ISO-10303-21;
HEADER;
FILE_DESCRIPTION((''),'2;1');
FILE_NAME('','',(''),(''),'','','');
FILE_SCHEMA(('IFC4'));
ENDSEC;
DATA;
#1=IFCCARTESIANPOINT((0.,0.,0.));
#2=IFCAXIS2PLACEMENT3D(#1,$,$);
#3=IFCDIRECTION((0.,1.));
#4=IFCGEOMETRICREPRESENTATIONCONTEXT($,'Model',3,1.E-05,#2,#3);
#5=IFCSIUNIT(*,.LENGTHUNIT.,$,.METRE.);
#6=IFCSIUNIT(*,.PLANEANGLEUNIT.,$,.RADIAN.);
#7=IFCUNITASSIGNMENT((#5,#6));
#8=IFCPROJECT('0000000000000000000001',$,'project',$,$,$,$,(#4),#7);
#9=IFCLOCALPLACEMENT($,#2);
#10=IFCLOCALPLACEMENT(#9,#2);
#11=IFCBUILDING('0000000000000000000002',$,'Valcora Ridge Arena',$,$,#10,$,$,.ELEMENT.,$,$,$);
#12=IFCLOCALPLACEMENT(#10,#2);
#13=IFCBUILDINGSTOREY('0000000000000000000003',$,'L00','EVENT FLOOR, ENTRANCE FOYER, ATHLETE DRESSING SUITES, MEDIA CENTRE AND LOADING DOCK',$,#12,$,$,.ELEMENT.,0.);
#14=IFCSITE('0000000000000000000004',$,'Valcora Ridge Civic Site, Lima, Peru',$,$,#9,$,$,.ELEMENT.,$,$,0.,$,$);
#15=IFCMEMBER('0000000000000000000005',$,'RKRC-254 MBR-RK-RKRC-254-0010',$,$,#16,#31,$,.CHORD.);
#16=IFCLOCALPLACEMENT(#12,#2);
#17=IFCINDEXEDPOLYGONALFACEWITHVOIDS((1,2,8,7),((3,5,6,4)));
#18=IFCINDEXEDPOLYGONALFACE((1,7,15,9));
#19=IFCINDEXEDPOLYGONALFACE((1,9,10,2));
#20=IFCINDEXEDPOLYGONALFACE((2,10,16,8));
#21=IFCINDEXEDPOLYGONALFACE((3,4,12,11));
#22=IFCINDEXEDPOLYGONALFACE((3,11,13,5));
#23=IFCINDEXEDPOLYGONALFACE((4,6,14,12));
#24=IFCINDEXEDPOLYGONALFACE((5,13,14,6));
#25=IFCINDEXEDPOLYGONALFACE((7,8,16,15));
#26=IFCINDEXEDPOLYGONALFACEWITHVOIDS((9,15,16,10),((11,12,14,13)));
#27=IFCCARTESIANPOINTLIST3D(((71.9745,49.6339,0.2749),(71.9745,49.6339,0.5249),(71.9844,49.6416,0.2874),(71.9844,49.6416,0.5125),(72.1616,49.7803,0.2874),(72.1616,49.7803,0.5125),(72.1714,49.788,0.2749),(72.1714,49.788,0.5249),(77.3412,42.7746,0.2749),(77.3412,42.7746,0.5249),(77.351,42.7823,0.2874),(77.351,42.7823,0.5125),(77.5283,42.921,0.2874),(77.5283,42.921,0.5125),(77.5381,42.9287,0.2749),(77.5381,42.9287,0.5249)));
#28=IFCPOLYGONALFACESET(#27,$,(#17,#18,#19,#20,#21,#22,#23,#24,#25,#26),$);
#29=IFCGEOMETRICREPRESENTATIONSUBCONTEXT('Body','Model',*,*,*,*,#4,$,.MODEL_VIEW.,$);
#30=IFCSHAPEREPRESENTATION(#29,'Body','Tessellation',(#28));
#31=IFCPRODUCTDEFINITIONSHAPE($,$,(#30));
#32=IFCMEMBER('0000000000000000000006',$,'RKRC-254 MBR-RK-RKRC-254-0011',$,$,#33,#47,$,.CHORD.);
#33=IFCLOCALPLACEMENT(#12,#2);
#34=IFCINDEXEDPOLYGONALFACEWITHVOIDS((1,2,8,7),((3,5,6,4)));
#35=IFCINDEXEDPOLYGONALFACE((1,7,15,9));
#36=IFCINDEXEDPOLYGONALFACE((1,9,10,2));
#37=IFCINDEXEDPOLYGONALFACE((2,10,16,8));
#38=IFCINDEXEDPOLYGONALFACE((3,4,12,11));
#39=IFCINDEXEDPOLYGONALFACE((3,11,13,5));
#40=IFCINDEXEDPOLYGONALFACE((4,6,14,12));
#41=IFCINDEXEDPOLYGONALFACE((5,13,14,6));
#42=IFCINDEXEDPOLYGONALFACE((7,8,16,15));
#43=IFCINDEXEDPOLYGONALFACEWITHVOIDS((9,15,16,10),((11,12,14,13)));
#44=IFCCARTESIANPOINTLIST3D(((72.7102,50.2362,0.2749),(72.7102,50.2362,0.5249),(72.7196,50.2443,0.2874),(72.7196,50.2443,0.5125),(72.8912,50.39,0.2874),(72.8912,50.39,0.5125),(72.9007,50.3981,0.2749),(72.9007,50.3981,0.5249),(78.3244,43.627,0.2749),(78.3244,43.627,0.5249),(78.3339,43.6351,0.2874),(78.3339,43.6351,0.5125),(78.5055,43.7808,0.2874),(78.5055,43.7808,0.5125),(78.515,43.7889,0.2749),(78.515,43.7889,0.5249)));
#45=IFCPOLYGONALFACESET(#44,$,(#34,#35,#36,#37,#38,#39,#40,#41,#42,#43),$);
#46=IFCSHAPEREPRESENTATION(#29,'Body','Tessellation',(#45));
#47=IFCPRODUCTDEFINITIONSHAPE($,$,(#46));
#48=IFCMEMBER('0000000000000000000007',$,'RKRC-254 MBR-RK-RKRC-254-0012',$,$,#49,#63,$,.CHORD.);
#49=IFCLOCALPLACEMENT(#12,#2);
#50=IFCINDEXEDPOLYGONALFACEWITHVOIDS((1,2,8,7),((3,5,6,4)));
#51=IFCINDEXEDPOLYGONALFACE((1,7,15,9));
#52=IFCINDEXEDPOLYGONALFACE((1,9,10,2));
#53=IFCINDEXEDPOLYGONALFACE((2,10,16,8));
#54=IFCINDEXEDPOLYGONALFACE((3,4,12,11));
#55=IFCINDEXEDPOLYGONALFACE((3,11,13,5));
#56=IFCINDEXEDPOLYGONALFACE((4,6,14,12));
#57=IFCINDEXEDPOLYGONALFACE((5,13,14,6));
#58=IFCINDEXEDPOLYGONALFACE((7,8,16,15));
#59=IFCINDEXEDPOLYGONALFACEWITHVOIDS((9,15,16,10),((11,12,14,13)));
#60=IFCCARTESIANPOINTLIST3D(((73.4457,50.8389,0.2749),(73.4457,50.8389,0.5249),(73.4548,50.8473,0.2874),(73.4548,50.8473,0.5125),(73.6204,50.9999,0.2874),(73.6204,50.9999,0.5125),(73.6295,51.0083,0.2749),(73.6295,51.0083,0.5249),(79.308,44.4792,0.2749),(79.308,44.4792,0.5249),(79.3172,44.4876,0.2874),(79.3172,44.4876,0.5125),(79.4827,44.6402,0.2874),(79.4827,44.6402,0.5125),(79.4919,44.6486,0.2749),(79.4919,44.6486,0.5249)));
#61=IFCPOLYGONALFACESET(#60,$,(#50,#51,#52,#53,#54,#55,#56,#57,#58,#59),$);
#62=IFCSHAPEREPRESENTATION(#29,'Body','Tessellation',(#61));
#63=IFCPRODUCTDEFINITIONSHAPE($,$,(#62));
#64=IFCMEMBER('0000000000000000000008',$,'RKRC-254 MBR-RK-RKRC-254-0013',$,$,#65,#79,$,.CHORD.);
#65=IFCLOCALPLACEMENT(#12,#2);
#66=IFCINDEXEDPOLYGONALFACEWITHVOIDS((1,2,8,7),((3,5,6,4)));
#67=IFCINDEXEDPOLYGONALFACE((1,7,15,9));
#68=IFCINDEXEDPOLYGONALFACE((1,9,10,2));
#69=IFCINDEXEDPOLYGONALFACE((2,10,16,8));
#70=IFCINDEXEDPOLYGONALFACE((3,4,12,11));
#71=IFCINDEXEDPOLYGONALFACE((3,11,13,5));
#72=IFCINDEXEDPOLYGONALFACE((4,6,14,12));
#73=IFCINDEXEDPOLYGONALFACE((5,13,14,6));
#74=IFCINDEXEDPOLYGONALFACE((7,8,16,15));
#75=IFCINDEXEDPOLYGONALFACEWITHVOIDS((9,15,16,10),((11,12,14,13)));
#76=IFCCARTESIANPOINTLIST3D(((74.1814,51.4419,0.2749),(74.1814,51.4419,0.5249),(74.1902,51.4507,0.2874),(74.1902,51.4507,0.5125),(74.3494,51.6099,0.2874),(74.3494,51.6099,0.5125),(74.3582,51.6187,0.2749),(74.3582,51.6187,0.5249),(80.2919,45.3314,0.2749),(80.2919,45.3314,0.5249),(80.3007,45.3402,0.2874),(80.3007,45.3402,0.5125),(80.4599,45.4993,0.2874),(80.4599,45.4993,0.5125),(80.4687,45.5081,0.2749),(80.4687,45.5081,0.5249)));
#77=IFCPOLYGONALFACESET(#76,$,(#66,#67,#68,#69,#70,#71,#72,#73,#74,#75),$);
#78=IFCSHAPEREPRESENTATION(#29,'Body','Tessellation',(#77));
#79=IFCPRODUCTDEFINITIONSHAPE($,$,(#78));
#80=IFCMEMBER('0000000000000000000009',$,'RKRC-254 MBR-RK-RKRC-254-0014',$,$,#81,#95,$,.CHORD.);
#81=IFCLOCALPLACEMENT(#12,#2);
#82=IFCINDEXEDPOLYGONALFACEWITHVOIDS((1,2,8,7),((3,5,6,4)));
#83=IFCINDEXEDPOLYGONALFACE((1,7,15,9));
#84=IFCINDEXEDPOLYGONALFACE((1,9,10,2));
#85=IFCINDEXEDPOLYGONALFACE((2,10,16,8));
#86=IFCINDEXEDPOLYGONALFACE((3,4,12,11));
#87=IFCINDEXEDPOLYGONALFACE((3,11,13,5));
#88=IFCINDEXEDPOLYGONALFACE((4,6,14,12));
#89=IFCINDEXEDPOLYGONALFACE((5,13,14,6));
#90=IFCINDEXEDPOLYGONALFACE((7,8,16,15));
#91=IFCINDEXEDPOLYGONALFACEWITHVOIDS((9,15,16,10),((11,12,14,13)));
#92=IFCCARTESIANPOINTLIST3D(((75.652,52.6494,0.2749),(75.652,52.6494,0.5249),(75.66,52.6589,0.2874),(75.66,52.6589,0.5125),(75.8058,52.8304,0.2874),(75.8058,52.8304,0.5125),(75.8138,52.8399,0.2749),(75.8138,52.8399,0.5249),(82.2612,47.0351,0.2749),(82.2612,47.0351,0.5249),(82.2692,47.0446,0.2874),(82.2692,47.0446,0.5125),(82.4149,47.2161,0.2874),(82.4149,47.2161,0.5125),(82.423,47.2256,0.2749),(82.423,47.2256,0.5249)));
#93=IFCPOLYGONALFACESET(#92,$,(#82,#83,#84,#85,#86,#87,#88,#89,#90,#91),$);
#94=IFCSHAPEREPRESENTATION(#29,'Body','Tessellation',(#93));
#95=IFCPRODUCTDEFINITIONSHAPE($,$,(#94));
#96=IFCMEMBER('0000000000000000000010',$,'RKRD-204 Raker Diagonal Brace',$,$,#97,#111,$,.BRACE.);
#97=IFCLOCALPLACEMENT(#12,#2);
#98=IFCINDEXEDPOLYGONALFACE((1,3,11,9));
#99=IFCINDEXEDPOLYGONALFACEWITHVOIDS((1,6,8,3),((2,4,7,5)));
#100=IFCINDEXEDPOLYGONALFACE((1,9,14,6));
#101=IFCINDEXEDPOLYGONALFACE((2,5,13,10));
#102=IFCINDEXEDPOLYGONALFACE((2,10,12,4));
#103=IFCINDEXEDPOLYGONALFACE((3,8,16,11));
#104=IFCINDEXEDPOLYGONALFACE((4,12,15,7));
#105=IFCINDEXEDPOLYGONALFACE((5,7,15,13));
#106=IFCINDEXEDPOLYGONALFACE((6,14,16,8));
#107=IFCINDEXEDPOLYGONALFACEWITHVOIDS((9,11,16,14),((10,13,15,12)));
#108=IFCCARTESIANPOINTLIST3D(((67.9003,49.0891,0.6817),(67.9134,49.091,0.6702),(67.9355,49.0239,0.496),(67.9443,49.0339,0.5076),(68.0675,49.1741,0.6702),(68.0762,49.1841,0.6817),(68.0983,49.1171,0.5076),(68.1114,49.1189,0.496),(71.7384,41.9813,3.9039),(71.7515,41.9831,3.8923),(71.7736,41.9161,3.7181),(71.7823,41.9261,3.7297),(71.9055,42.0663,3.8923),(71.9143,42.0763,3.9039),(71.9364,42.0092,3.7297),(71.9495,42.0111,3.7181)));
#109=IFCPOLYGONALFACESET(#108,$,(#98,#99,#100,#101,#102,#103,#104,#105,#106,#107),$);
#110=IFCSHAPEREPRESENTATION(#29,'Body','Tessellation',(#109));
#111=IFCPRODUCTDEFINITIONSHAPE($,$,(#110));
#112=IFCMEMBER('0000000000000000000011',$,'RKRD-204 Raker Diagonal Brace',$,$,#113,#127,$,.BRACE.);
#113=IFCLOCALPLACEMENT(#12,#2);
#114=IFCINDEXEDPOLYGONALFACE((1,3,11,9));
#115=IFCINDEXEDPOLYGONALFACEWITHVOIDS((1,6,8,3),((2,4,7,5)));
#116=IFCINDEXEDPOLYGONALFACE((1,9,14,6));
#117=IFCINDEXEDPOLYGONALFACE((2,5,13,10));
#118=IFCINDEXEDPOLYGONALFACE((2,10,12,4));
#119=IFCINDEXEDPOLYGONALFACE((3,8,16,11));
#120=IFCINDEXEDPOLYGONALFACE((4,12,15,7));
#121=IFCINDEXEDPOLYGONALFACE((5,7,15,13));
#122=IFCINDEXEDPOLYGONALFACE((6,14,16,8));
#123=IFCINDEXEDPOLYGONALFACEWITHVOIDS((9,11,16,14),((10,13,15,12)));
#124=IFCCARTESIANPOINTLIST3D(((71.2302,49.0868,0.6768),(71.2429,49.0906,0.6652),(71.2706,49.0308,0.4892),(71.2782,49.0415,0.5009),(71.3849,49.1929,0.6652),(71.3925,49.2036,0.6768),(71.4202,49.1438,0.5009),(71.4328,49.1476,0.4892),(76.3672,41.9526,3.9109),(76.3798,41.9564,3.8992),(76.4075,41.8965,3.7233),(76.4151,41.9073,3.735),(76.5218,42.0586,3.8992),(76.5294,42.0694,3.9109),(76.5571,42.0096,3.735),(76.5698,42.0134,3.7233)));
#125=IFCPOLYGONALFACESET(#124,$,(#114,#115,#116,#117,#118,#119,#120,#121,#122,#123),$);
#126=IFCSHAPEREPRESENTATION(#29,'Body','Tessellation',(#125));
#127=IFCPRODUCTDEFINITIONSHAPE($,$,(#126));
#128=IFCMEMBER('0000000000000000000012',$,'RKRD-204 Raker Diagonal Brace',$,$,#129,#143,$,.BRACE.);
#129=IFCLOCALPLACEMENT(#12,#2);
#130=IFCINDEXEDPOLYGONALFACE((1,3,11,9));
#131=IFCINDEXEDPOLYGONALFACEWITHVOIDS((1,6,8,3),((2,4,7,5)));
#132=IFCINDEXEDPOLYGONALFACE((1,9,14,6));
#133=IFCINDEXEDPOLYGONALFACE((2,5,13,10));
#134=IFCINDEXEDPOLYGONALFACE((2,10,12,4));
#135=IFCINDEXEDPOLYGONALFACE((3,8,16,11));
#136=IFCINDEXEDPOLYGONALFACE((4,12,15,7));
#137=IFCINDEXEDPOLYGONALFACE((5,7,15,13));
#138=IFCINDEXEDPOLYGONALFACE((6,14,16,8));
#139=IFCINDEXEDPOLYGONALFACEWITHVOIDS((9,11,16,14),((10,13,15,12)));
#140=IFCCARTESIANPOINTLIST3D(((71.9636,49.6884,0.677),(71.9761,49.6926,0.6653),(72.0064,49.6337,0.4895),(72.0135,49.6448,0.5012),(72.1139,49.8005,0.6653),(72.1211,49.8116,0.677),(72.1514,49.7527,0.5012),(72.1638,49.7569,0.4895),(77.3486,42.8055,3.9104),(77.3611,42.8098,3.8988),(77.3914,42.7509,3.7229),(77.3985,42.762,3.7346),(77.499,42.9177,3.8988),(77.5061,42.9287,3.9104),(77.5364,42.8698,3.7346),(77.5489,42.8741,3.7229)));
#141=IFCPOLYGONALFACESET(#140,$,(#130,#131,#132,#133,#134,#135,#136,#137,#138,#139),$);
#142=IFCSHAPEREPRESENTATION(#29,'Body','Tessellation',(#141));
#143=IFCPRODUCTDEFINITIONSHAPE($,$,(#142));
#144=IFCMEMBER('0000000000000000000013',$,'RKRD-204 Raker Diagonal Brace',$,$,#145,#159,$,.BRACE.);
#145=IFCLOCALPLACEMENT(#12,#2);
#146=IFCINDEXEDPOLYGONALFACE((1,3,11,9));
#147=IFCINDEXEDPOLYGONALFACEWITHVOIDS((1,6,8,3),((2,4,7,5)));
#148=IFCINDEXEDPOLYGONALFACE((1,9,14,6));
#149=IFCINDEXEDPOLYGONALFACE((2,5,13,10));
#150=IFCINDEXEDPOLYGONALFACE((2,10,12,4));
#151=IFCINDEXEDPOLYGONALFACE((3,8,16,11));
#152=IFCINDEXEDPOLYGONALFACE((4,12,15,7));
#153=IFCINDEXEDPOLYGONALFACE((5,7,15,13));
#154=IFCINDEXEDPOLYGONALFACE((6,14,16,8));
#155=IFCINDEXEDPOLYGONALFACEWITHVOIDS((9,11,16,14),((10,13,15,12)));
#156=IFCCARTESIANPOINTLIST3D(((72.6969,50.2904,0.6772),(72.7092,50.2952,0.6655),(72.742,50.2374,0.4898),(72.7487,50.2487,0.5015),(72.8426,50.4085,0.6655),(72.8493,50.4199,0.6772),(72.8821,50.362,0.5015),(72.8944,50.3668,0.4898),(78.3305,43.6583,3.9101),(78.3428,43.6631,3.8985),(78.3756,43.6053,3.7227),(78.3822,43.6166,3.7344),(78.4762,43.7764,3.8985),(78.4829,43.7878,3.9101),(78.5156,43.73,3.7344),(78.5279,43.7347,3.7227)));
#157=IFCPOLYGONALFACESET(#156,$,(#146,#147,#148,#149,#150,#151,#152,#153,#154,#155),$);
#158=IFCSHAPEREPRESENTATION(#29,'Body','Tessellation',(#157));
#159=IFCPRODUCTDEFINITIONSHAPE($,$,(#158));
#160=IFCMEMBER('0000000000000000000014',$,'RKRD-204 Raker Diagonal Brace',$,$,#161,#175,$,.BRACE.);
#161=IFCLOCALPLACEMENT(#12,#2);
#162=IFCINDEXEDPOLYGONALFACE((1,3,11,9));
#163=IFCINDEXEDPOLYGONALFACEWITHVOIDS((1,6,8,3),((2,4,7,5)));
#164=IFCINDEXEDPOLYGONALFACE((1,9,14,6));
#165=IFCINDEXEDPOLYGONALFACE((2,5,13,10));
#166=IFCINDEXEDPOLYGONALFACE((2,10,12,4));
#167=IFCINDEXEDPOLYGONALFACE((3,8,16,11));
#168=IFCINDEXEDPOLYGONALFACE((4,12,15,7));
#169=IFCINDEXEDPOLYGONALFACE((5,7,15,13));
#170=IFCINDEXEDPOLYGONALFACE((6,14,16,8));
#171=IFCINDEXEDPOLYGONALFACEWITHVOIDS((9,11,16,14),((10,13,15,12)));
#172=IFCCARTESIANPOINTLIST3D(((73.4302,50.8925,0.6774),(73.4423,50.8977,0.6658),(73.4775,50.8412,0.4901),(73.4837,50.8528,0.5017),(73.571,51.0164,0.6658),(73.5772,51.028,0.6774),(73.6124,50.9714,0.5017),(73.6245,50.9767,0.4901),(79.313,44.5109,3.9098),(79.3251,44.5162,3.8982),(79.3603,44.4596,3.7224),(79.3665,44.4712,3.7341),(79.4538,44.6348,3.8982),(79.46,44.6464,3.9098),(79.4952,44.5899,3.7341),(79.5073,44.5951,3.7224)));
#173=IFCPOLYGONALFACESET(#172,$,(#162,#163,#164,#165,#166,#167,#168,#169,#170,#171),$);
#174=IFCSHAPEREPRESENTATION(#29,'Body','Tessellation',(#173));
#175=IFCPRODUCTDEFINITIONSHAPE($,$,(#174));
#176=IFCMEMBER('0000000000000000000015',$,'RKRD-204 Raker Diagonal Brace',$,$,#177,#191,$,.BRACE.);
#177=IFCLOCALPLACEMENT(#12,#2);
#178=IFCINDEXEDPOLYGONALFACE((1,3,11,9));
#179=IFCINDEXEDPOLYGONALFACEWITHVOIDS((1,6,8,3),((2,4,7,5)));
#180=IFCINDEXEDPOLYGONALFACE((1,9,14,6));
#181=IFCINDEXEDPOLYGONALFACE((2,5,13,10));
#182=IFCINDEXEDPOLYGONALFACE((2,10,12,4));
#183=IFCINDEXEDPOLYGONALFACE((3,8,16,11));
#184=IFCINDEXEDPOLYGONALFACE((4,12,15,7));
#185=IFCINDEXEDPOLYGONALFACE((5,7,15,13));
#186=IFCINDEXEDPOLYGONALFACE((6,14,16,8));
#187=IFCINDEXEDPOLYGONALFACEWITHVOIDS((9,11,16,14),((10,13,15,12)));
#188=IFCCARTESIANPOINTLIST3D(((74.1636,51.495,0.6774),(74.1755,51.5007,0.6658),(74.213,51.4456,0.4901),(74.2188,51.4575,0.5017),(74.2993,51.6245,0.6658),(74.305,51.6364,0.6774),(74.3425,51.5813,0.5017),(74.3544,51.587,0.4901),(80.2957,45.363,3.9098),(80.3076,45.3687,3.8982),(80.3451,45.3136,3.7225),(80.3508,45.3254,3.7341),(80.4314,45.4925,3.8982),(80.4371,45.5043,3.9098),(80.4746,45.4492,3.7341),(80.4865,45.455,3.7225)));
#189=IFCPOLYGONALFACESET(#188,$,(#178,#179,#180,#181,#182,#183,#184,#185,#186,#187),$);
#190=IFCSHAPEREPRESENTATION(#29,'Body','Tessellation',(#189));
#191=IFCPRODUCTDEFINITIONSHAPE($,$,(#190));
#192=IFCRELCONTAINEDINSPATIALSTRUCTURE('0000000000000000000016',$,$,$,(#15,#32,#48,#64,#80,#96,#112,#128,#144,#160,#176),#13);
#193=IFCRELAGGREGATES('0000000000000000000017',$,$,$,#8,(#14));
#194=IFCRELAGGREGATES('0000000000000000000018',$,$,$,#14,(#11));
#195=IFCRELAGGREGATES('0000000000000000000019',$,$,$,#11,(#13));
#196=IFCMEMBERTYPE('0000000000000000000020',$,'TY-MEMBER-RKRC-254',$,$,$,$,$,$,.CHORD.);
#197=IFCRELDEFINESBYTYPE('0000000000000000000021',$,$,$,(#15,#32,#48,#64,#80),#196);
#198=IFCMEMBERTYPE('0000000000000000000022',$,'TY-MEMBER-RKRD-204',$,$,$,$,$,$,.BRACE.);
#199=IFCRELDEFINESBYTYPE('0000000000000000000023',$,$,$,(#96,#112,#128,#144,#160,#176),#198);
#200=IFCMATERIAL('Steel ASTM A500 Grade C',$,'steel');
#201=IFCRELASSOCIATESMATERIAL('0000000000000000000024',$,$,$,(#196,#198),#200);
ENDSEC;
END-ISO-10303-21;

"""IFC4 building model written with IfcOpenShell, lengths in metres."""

from ifc_helpers import new_model, si_unit, direction, frame, origin, origin_2d, place, context, subcontext, project, spatial, hollow_rectangle, extrude, material, material_profile, profile_set, type_object, element, save


model = new_model("IFC4")

# Units and contexts
model_context = context("Model", 3, precision=1e-05, world=origin(), true_north=direction((0.0, 1.0)))
body_context = subcontext(model_context, "Body", "Model", "MODEL_VIEW")
ifc_project = project(units=[si_unit("LENGTHUNIT", "METRE"), si_unit("PLANEANGLEUNIT", "RADIAN")], contexts=[model_context])

# Site, building, storey
site_placement = place(None, origin())
site = spatial("IfcSite", under=ifc_project, at=site_placement, Name="Valcora Ridge Civic Site, Lima, Peru", CompositionType="ELEMENT", RefElevation=0.0)
building_placement = place(site_placement, origin())
building = spatial("IfcBuilding", under=site, at=building_placement, Name="Valcora Ridge Arena", CompositionType="ELEMENT")
storey_placement = place(building_placement, origin())
storey = spatial("IfcBuildingStorey", under=building, at=storey_placement, Name="L00", Description="EVENT FLOOR, ENTRANCE FOYER, ATHLETE DRESSING SUITES, MEDIA CENTRE AND LOADING DOCK", CompositionType="ELEMENT", Elevation=0.0)

# Members
ifc_material_1 = material(Name="Steel ASTM A500 Grade C", Category="steel")
ifc_material_profile_1 = material_profile(ifc_material_1, hollow_rectangle(XDim=0.25, YDim=0.25, WallThickness=0.0125, at=origin_2d()), Name="HSS250X250X12")
ifc_profile_set_1 = profile_set([ifc_material_profile_1], Name="Steel ASTM A500 Grade C")
member_type_1 = type_object("IfcMemberType", Name="TY-MEMBER-RKRC-254", PredefinedType="CHORD", material=ifc_profile_set_1)
member_1_placement = place(storey_placement, frame((72.073, 49.7109, 0.3999), z_axis=(0.616201, -0.787589, 0.0), x_axis=(0.787589, 0.616201, 0.0)))
element("IfcMember", 1, at=member_1_placement, inside=storey, type_object=member_type_1, Name="RKRC-254 MBR-RK-RKRC-254-0010", PredefinedType="CHORD", context=body_context, shape_type="SweptSolid", body=[
    extrude(hollow_rectangle(XDim=0.25, YDim=0.25, WallThickness=0.0125, at=origin_2d()), origin(), (0.0, 0.0, 1.0), 8.7092),
])
member_2_placement = place(storey_placement, frame((72.8054, 50.3171, 0.3999), z_axis=(0.647414, -0.762139, 0.0), x_axis=(0.762139, 0.647414, 0.0)))
element("IfcMember", 2, at=member_2_placement, inside=storey, type_object=member_type_1, Name="RKRC-254 MBR-RK-RKRC-254-0011", PredefinedType="CHORD", context=body_context, shape_type="SweptSolid", body=[
    extrude(hollow_rectangle(XDim=0.25, YDim=0.25, WallThickness=0.0125, at=origin_2d()), origin(), (0.0, 0.0, 1.0), 8.6719),
])
member_3_placement = place(storey_placement, frame((73.5376, 50.9236, 0.3999), z_axis=(0.677773, -0.735271, 0.0), x_axis=(0.735271, 0.677773, 0.0)))
element("IfcMember", 3, at=member_3_placement, inside=storey, type_object=member_type_1, Name="RKRC-254 MBR-RK-RKRC-254-0012", PredefinedType="CHORD", context=body_context, shape_type="SweptSolid", body=[
    extrude(hollow_rectangle(XDim=0.25, YDim=0.25, WallThickness=0.0125, at=origin_2d()), origin(), (0.0, 0.0, 1.0), 8.6494),
])
member_4_placement = place(storey_placement, frame((74.2698, 51.5303, 0.3999), z_axis=(0.707107, -0.707107, 0.0), x_axis=(0.707107, 0.707107, 0.0)))
element("IfcMember", 4, at=member_4_placement, inside=storey, type_object=member_type_1, Name="RKRC-254 MBR-RK-RKRC-254-0013", PredefinedType="CHORD", context=body_context, shape_type="SweptSolid", body=[
    extrude(hollow_rectangle(XDim=0.25, YDim=0.25, WallThickness=0.0125, at=origin_2d()), origin(), (0.0, 0.0, 1.0), 8.6416),
])
member_5_placement = place(storey_placement, frame((75.7329, 52.7446, 0.3999), z_axis=(0.762139, -0.647414, 0.0), x_axis=(0.647414, 0.762139, 0.0)))
element("IfcMember", 5, at=member_5_placement, inside=storey, type_object=member_type_1, Name="RKRC-254 MBR-RK-RKRC-254-0014", PredefinedType="CHORD", context=body_context, shape_type="SweptSolid", body=[
    extrude(hollow_rectangle(XDim=0.25, YDim=0.25, WallThickness=0.0125, at=origin_2d()), origin(), (0.0, 0.0, 1.0), 8.6719),
])
ifc_material_profile_2 = material_profile(ifc_material_1, hollow_rectangle(XDim=0.2, YDim=0.2, WallThickness=0.0125, at=origin_2d()), Name="HSS200X200X12")
ifc_profile_set_2 = profile_set([ifc_material_profile_2], Name="Steel ASTM A500 Grade C")
member_type_2 = type_object("IfcMemberType", Name="TY-MEMBER-RKRD-204", PredefinedType="BRACE", material=ifc_profile_set_2)
member_6_placement = place(storey_placement, frame((68.0059, 49.104, 0.5889), z_axis=(0.441322, -0.817293, 0.370496), x_axis=(0.879912, 0.475136, 0.0)))
element("IfcMember", 6, at=member_6_placement, inside=storey, type_object=member_type_2, Name="RKRD-204 Raker Diagonal Brace", PredefinedType="BRACE", context=body_context, shape_type="SweptSolid", body=[
    extrude(hollow_rectangle(XDim=0.2, YDim=0.2, WallThickness=0.0125, at=origin_2d()), origin(), (0.0, 0.0, 1.0), 8.6968),
])
member_7_placement = place(storey_placement, frame((71.3315, 49.1172, 0.583), z_axis=(0.548394, -0.761617, 0.345258), x_axis=(0.811519, 0.584326, 0.0)))
element("IfcMember", 7, at=member_7_placement, inside=storey, type_object=member_type_2, Name="RKRD-204 Raker Diagonal Brace", PredefinedType="BRACE", context=body_context, shape_type="SweptSolid", body=[
    extrude(hollow_rectangle(XDim=0.2, YDim=0.2, WallThickness=0.0125, at=origin_2d()), origin(), (0.0, 0.0, 1.0), 9.3672),
])
member_8_placement = place(storey_placement, frame((72.0637, 49.7227, 0.5833), z_axis=(0.577911, -0.738653, 0.347003), x_axis=(0.78759, 0.616199, 0.0)))
element("IfcMember", 8, at=member_8_placement, inside=storey, type_object=member_type_2, Name="RKRD-204 Raker Diagonal Brace", PredefinedType="BRACE", context=body_context, shape_type="SweptSolid", body=[
    extrude(hollow_rectangle(XDim=0.2, YDim=0.2, WallThickness=0.0125, at=origin_2d()), origin(), (0.0, 0.0, 1.0), 9.3181),
])
member_9_placement = place(storey_placement, frame((72.7957, 50.3286, 0.5835), z_axis=(0.606871, -0.714437, 0.348264), x_axis=(0.76215, 0.6474, 0.0)))
element("IfcMember", 9, at=member_9_placement, inside=storey, type_object=member_type_2, Name="RKRD-204 Raker Diagonal Brace", PredefinedType="BRACE", context=body_context, shape_type="SweptSolid", body=[
    extrude(hollow_rectangle(XDim=0.2, YDim=0.2, WallThickness=0.0125, at=origin_2d()), origin(), (0.0, 0.0, 1.0), 9.283),
])
member_10_placement = place(storey_placement, frame((73.5273, 50.9346, 0.5837), z_axis=(0.63517, -0.689024, 0.349006), x_axis=(0.735256, 0.677789, 0.0)))
element("IfcMember", 10, at=member_10_placement, inside=storey, type_object=member_type_2, Name="RKRD-204 Raker Diagonal Brace", PredefinedType="BRACE", context=body_context, shape_type="SweptSolid", body=[
    extrude(hollow_rectangle(XDim=0.2, YDim=0.2, WallThickness=0.0125, at=origin_2d()), origin(), (0.0, 0.0, 1.0), 9.2617),
])
member_11_placement = place(storey_placement, frame((74.259, 51.541, 0.5837), z_axis=(0.662576, -0.662576, 0.349266), x_axis=(0.707107, 0.707107, 0.0)))
element("IfcMember", 11, at=member_11_placement, inside=storey, type_object=member_type_2, Name="RKRD-204 Raker Diagonal Brace", PredefinedType="BRACE", context=body_context, shape_type="SweptSolid", body=[
    extrude(hollow_rectangle(XDim=0.2, YDim=0.2, WallThickness=0.0125, at=origin_2d()), origin(), (0.0, 0.0, 1.0), 9.2549),
])

save(model, "model.ifc")
